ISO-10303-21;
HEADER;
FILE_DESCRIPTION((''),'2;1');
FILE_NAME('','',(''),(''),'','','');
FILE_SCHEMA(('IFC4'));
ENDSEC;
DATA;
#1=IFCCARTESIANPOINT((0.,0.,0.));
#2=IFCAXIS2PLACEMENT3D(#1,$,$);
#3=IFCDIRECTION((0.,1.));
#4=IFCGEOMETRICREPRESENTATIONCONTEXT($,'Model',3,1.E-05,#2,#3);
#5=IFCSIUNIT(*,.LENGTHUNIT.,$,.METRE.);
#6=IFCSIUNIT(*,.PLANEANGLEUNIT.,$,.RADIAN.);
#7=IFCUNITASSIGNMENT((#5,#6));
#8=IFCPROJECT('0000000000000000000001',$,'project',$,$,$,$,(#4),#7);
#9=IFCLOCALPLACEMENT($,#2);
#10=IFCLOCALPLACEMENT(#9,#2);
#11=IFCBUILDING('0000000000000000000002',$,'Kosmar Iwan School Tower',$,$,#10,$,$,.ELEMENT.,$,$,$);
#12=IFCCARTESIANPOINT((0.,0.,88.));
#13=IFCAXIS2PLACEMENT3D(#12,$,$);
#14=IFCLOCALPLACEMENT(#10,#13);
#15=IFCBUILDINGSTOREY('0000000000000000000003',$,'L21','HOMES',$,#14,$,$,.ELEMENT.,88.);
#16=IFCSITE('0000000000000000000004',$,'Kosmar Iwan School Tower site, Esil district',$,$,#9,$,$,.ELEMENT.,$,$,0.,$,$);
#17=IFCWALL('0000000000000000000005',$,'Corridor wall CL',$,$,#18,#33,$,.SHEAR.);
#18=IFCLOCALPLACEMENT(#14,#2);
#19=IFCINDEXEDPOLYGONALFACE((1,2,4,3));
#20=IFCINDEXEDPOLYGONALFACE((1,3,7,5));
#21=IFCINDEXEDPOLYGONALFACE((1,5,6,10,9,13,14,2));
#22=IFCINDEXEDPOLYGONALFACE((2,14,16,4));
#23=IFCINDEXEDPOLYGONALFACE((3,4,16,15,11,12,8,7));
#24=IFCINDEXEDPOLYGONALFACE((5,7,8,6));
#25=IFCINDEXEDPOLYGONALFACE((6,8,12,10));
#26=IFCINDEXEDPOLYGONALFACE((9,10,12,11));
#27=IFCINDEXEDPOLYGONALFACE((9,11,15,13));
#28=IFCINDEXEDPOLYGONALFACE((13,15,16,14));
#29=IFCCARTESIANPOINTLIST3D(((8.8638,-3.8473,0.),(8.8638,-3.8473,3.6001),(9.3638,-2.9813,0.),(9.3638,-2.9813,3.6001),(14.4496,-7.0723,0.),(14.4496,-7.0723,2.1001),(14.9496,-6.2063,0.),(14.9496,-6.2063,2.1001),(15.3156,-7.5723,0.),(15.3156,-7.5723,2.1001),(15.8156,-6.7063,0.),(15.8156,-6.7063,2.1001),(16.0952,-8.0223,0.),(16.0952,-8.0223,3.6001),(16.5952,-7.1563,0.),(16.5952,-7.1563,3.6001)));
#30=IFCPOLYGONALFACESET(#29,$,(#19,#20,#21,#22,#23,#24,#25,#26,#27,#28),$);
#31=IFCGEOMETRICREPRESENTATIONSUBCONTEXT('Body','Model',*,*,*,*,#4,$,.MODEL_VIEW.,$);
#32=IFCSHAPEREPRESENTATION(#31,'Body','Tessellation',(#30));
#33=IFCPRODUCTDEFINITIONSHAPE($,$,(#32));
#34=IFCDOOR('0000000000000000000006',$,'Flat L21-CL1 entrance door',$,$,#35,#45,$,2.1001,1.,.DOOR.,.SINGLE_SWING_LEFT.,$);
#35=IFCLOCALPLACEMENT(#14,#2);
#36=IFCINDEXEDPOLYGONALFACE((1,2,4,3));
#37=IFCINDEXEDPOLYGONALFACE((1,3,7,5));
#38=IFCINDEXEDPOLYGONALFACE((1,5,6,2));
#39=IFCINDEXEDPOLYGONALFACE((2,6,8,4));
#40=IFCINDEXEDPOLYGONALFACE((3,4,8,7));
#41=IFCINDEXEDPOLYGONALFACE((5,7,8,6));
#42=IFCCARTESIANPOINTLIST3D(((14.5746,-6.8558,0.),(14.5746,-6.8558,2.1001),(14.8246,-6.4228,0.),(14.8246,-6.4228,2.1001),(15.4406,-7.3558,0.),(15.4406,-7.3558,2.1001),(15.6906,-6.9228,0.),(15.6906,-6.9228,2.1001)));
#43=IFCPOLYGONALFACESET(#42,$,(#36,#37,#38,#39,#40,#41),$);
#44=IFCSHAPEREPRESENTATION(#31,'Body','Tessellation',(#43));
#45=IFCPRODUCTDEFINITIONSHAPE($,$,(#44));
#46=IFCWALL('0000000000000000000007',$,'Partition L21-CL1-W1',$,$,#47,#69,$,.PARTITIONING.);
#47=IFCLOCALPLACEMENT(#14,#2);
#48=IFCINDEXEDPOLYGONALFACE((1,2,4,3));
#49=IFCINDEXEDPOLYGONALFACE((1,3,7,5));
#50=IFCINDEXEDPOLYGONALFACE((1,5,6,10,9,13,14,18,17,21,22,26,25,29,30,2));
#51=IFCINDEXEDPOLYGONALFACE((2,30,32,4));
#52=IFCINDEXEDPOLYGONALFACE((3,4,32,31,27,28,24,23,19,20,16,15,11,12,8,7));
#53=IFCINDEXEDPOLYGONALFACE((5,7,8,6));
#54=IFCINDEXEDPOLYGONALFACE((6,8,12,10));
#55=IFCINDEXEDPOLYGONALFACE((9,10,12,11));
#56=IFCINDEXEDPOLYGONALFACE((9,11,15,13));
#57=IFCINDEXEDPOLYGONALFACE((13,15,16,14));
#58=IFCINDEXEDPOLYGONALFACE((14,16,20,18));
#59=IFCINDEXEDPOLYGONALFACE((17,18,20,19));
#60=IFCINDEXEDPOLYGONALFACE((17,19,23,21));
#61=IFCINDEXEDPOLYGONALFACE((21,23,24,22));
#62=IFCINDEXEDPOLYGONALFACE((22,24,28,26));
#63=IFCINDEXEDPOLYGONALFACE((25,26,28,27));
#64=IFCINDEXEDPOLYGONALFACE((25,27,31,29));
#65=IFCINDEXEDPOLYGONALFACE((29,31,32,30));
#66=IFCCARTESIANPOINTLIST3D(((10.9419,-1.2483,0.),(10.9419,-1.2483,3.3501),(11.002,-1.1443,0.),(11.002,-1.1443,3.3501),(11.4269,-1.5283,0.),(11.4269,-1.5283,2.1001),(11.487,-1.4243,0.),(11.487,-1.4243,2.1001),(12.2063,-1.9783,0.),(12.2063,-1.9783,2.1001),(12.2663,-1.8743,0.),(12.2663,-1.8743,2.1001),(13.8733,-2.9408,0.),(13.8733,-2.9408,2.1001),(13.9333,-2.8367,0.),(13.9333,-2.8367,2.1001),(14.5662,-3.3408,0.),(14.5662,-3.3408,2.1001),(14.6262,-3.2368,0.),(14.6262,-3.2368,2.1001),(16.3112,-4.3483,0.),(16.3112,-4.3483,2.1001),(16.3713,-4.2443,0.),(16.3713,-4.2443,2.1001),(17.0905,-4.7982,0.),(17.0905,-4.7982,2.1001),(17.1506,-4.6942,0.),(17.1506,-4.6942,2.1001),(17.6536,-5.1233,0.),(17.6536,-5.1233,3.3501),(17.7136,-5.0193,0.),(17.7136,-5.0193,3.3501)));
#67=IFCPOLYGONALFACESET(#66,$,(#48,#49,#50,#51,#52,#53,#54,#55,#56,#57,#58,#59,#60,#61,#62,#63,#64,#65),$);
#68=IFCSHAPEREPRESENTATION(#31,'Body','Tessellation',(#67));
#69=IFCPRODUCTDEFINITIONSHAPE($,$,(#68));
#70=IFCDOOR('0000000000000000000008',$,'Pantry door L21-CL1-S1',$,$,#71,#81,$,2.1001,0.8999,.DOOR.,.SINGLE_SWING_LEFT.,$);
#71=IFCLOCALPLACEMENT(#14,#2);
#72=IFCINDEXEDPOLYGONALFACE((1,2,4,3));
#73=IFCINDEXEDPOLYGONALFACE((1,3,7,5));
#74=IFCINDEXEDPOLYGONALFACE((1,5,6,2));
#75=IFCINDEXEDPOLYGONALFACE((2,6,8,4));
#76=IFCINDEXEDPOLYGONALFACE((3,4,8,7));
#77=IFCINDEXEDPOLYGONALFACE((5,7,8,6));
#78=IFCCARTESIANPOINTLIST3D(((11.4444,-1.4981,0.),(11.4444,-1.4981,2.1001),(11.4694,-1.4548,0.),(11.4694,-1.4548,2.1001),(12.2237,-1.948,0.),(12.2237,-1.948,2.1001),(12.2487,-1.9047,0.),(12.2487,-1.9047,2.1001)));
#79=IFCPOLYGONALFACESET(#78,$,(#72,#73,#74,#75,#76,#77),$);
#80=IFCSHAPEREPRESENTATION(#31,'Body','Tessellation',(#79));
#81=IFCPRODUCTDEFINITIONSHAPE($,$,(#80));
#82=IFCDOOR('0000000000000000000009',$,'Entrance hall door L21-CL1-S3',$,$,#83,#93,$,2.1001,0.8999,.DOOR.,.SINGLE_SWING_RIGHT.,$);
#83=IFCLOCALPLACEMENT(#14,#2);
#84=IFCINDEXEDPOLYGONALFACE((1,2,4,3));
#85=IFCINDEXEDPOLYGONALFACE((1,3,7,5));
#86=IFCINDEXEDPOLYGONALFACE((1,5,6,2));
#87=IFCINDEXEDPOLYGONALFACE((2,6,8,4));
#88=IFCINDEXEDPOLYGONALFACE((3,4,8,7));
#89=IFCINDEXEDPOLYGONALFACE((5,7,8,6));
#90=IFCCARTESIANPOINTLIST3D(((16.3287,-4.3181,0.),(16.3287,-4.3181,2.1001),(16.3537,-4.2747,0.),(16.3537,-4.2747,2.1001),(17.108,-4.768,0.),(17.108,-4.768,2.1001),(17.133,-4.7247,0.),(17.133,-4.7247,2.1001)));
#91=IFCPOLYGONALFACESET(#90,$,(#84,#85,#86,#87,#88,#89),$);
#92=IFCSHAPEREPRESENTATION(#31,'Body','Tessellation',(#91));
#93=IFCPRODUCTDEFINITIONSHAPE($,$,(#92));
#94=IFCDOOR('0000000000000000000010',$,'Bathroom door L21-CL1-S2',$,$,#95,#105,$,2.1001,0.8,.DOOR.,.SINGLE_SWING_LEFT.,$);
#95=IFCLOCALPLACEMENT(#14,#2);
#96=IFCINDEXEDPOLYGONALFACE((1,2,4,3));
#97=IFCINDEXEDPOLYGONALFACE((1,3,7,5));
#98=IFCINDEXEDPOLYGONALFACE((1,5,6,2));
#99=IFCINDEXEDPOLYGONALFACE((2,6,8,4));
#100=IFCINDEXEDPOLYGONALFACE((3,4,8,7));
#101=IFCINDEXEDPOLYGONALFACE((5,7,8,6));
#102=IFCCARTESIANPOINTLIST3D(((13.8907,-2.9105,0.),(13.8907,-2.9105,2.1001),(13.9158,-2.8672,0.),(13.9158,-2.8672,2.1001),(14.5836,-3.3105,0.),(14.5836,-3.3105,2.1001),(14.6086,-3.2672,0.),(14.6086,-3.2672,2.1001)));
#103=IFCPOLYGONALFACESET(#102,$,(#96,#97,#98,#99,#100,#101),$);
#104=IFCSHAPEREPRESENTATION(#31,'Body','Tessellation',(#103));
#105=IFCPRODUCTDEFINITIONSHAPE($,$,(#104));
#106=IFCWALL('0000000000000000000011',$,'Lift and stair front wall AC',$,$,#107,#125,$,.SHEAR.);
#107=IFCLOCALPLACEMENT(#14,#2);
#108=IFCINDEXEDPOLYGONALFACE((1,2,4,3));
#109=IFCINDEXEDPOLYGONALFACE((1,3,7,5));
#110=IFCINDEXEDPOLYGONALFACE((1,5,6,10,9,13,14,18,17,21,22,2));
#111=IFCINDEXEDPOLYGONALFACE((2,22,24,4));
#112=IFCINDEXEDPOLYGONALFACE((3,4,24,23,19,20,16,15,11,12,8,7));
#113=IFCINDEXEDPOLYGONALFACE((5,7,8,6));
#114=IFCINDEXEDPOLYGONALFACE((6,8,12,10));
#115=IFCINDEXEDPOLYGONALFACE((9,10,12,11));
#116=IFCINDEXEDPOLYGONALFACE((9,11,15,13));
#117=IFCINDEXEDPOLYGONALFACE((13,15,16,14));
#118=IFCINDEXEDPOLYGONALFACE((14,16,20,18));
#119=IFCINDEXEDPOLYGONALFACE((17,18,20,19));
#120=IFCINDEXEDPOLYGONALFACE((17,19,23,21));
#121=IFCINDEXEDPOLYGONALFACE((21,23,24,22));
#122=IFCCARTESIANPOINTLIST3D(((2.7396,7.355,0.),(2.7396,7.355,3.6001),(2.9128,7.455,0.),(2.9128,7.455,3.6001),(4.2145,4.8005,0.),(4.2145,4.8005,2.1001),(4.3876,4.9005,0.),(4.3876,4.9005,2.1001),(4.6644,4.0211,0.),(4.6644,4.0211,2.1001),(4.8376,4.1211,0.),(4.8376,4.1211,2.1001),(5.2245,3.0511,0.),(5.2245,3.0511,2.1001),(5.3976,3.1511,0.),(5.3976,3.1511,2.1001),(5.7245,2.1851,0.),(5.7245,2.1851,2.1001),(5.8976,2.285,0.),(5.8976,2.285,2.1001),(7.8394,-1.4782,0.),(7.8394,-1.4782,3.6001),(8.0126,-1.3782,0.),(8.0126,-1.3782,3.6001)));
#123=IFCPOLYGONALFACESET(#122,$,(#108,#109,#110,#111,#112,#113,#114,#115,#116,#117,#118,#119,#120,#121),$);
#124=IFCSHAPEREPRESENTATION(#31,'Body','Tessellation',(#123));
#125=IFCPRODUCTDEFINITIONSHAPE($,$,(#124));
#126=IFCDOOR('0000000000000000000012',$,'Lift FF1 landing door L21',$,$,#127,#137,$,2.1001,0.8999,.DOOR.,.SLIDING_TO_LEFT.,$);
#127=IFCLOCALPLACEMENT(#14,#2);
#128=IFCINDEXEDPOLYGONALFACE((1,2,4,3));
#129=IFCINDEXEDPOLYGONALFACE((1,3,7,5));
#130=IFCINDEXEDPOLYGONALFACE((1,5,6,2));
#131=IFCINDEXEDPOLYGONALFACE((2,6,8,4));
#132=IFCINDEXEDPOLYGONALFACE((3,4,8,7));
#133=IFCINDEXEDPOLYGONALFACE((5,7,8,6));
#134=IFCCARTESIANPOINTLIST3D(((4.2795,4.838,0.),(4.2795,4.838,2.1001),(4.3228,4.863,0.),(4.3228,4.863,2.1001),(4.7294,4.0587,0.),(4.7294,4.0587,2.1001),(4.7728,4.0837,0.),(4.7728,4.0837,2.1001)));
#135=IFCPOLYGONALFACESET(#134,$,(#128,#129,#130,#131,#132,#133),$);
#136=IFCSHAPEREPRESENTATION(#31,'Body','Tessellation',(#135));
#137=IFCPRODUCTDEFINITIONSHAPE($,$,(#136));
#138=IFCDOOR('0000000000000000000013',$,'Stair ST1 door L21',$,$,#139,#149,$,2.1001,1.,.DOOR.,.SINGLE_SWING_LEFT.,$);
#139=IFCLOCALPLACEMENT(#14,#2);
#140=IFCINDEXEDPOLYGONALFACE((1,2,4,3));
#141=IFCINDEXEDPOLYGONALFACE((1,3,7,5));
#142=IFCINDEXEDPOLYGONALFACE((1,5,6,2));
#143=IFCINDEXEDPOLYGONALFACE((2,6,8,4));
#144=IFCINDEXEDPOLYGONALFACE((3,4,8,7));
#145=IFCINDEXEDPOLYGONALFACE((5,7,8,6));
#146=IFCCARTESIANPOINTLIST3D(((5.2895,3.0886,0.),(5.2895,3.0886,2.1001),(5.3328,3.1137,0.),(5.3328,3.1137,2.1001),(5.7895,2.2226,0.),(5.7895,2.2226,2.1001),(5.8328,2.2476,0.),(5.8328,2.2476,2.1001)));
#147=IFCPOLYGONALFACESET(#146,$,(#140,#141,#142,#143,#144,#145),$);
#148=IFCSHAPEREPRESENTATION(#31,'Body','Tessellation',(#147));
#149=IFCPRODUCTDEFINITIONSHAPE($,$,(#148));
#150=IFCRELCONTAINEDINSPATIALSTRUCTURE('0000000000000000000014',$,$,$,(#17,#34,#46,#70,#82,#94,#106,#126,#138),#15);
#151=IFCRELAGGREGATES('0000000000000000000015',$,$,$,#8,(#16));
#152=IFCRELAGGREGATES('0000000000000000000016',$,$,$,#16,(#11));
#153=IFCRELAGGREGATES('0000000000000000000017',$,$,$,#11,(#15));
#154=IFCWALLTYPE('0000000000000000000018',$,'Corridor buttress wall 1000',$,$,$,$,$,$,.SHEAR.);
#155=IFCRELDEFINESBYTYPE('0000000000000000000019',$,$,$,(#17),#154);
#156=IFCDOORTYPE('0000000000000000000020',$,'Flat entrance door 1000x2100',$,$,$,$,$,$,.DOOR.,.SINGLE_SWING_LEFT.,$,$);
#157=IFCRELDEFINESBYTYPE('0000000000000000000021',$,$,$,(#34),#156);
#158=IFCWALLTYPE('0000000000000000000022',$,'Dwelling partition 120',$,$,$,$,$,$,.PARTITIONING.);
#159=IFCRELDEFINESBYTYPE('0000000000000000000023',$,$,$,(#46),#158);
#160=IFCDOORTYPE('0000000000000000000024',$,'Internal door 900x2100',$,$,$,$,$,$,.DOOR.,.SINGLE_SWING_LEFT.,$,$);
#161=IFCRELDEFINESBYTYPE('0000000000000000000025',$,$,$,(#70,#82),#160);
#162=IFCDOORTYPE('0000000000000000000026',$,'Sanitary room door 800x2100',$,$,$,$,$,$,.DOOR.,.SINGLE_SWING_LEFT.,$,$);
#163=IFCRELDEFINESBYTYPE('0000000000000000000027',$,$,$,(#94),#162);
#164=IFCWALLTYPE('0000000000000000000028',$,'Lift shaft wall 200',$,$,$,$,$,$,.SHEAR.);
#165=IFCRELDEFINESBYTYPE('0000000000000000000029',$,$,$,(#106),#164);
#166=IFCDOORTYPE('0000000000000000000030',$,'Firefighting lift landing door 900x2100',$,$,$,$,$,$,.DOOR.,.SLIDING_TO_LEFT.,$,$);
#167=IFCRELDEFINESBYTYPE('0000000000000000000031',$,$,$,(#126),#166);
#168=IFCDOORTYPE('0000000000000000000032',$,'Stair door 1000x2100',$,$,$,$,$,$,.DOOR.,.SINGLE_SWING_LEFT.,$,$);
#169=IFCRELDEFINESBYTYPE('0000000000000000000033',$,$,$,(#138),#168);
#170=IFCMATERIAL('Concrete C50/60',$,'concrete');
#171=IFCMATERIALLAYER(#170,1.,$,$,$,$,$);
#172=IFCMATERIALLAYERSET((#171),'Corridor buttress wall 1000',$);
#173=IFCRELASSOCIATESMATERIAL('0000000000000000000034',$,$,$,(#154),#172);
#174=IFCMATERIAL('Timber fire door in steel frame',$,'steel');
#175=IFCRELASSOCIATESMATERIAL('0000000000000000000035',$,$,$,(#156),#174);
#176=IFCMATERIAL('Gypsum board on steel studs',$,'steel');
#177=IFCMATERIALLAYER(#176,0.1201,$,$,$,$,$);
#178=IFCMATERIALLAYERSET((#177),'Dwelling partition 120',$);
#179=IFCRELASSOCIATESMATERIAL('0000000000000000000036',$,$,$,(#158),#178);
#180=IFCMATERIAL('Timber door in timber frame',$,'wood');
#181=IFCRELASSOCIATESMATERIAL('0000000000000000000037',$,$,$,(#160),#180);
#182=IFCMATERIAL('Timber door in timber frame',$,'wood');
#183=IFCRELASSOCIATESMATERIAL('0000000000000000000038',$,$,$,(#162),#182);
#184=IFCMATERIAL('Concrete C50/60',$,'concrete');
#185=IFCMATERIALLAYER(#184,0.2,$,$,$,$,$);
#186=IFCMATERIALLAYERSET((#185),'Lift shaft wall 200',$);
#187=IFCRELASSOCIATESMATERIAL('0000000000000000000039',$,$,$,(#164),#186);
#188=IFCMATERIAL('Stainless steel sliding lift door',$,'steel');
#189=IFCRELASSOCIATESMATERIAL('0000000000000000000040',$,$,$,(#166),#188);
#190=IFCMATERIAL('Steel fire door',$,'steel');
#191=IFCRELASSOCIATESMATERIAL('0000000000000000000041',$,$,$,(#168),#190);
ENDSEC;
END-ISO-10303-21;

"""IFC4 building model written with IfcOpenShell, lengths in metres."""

from ifc_helpers import new_model, si_unit, direction, frame, frame_2d, origin, place, context, subcontext, project, spatial, rectangle, extrude, material, layer, layer_set, type_object, element, fill, save


model = new_model("IFC4")

# Units and contexts
model_context = context("Model", 3, precision=1e-05, world=origin(), true_north=direction((0.0, 1.0)))
body_context = subcontext(model_context, "Body", "Model", "MODEL_VIEW")
ifc_project = project(units=[si_unit("LENGTHUNIT", "METRE"), si_unit("PLANEANGLEUNIT", "RADIAN")], contexts=[model_context])

# Site, building, storey
site_placement = place(None, origin())
site = spatial("IfcSite", under=ifc_project, at=site_placement, Name="Kosmar Iwan School Tower site, Esil district", CompositionType="ELEMENT", RefElevation=0.0)
building_placement = place(site_placement, origin())
building = spatial("IfcBuilding", under=site, at=building_placement, Name="Kosmar Iwan School Tower", CompositionType="ELEMENT")
storey_placement = place(building_placement, frame((0.0, 0.0, 88.0)))
storey = spatial("IfcBuildingStorey", under=building, at=storey_placement, Name="L21", Description="HOMES", CompositionType="ELEMENT", Elevation=88.0)

# Wall, opening, door
ifc_material_1 = material(Name="Concrete C50/60", Category="concrete")
ifc_layer_1 = layer(ifc_material_1, 1.0)
ifc_layer_set_1 = layer_set([ifc_layer_1], Name="Corridor buttress wall 1000")
wall_type_1 = type_object("IfcWallType", Name="Corridor buttress wall 1000", PredefinedType="SHEAR", material=ifc_layer_set_1)
wall_1_placement = place(storey_placement, frame((9.1138, -3.4143, 0.0), z_axis=(0.0, 0.0, 1.0), x_axis=(0.866027, -0.499997, 0.0)))
wall_1 = element("IfcWall", 1, at=wall_1_placement, inside=storey, type_object=wall_type_1, Name="Corridor wall CL", PredefinedType="SHEAR", context=body_context, shape_type="SweptSolid", body=[
    extrude(rectangle(XDim=8.3501, YDim=1.0, at=frame_2d((4.175, 0.0))), origin(), (0.0, 0.0, 1.0), 3.6001),
])
opening_1_placement = place(wall_1_placement, frame((6.45, 0.0, 0.0)))
opening_1 = element("IfcOpeningElement", 2, at=opening_1_placement, cuts=wall_1, PredefinedType="OPENING", context=body_context, shape_type="SweptSolid", body=[
    extrude(rectangle(XDim=1.0, YDim=2.1001, at=frame_2d((0.5, 1.05))), frame((0.0, 0.512, 0.0), z_axis=(0.0, -1.0, 0.0), x_axis=(1.0, 0.0, 0.0)), (0.0, 0.0, 1.0), 1.0239),
])
ifc_material_2 = material(Name="Timber fire door in steel frame", Category="steel")
door_type_1 = type_object("IfcDoorType", Name="Flat entrance door 1000x2100", OperationType="SINGLE_SWING_LEFT", PredefinedType="DOOR", material=ifc_material_2)
door_1_placement = place(opening_1_placement, origin())
door_1 = element("IfcDoor", 3, at=door_1_placement, inside=storey, type_object=door_type_1, Name="Flat L21-CL1 entrance door", OperationType="SINGLE_SWING_LEFT", OverallHeight=2.1001, OverallWidth=1.0, PredefinedType="DOOR", context=body_context, shape_type="SweptSolid", body=[
    extrude(rectangle(XDim=1.0, YDim=2.1001, at=frame_2d((0.5, 1.05))), frame((0.0, 0.25, 0.0), z_axis=(0.0, -1.0, 0.0), x_axis=(1.0, 0.0, 0.0)), (0.0, 0.0, 1.0), 0.5),
])
fill(opening_1, door_1)

# Walls, openings, doors
ifc_material_3 = material(Name="Gypsum board on steel studs", Category="steel")
ifc_layer_2 = layer(ifc_material_3, 0.1201)
ifc_layer_set_2 = layer_set([ifc_layer_2], Name="Dwelling partition 120")
wall_type_2 = type_object("IfcWallType", Name="Dwelling partition 120", PredefinedType="PARTITIONING", material=ifc_layer_set_2)
wall_2_placement = place(storey_placement, frame((10.9719, -1.1963, 0.0), z_axis=(0.0, 0.0, 1.0), x_axis=(0.866025, -0.500002, 0.0)))
wall_2 = element("IfcWall", 4, at=wall_2_placement, inside=storey, type_object=wall_type_2, Name="Partition L21-CL1-W1", PredefinedType="PARTITIONING", context=body_context, shape_type="SweptSolid", body=[
    extrude(rectangle(XDim=7.75, YDim=0.1201, at=frame_2d((3.875, 0.0))), origin(), (0.0, 0.0, 1.0), 3.3501),
])
opening_2_placement = place(wall_2_placement, frame((0.5601, 0.0, 0.0)))
opening_2 = element("IfcOpeningElement", 5, at=opening_2_placement, cuts=wall_2, PredefinedType="OPENING", context=body_context, shape_type="SweptSolid", body=[
    extrude(rectangle(XDim=0.8999, YDim=2.1001, at=frame_2d((0.45, 1.05))), frame((0.0, 0.072, 0.0), z_axis=(0.0, -1.0, 0.0), x_axis=(1.0, 0.0, 0.0)), (0.0, 0.0, 1.0), 0.144),
])
opening_3_placement = place(wall_2_placement, frame((3.385, 0.0, 0.0)))
opening_3 = element("IfcOpeningElement", 6, at=opening_3_placement, cuts=wall_2, PredefinedType="OPENING", context=body_context, shape_type="SweptSolid", body=[
    extrude(rectangle(XDim=0.8, YDim=2.1001, at=frame_2d((0.3999, 1.05))), frame((0.0, 0.072, 0.0), z_axis=(0.0, -1.0, 0.0), x_axis=(1.0, 0.0, 0.0)), (0.0, 0.0, 1.0), 0.144),
])
opening_4_placement = place(wall_2_placement, frame((6.2, 0.0, 0.0)))
opening_4 = element("IfcOpeningElement", 7, at=opening_4_placement, cuts=wall_2, PredefinedType="OPENING", context=body_context, shape_type="SweptSolid", body=[
    extrude(rectangle(XDim=0.8999, YDim=2.1001, at=frame_2d((0.45, 1.05))), frame((0.0, 0.072, 0.0), z_axis=(0.0, -1.0, 0.0), x_axis=(1.0, 0.0, 0.0)), (0.0, 0.0, 1.0), 0.144),
])
ifc_material_4 = material(Name="Timber door in timber frame", Category="wood")
door_type_2 = type_object("IfcDoorType", Name="Internal door 900x2100", OperationType="SINGLE_SWING_LEFT", PredefinedType="DOOR", material=ifc_material_4)
door_2_placement = place(opening_2_placement, origin())
door_2 = element("IfcDoor", 8, at=door_2_placement, inside=storey, type_object=door_type_2, Name="Pantry door L21-CL1-S1", OperationType="SINGLE_SWING_LEFT", OverallHeight=2.1001, OverallWidth=0.8999, PredefinedType="DOOR", context=body_context, shape_type="SweptSolid", body=[
    extrude(rectangle(XDim=0.8999, YDim=2.1001, at=frame_2d((0.45, 1.05))), frame((0.0, 0.0249, 0.0), z_axis=(0.0, -1.0, 0.0), x_axis=(1.0, 0.0, 0.0)), (0.0, 0.0, 1.0), 0.05),
])
fill(opening_2, door_2)
door_3_placement = place(opening_4_placement, origin())
door_3 = element("IfcDoor", 9, at=door_3_placement, inside=storey, type_object=door_type_2, Name="Entrance hall door L21-CL1-S3", OperationType="SINGLE_SWING_RIGHT", OverallHeight=2.1001, OverallWidth=0.8999, PredefinedType="DOOR", context=body_context, shape_type="SweptSolid", body=[
    extrude(rectangle(XDim=0.8999, YDim=2.1001, at=frame_2d((0.45, 1.05))), frame((0.0, 0.0249, 0.0), z_axis=(0.0, -1.0, 0.0), x_axis=(1.0, 0.0, 0.0)), (0.0, 0.0, 1.0), 0.05),
])
fill(opening_4, door_3)
ifc_material_5 = material(Name="Timber door in timber frame", Category="wood")
door_type_3 = type_object("IfcDoorType", Name="Sanitary room door 800x2100", OperationType="SINGLE_SWING_LEFT", PredefinedType="DOOR", material=ifc_material_5)
door_4_placement = place(opening_3_placement, origin())
door_4 = element("IfcDoor", 10, at=door_4_placement, inside=storey, type_object=door_type_3, Name="Bathroom door L21-CL1-S2", OperationType="SINGLE_SWING_LEFT", OverallHeight=2.1001, OverallWidth=0.8, PredefinedType="DOOR", context=body_context, shape_type="SweptSolid", body=[
    extrude(rectangle(XDim=0.8, YDim=2.1001, at=frame_2d((0.3999, 1.05))), frame((0.0, 0.0249, 0.0), z_axis=(0.0, -1.0, 0.0), x_axis=(1.0, 0.0, 0.0)), (0.0, 0.0, 1.0), 0.05),
])
fill(opening_3, door_4)
ifc_material_6 = material(Name="Concrete C50/60", Category="concrete")
ifc_layer_3 = layer(ifc_material_6, 0.2)
ifc_layer_set_3 = layer_set([ifc_layer_3], Name="Lift shaft wall 200")
wall_type_3 = type_object("IfcWallType", Name="Lift shaft wall 200", PredefinedType="SHEAR", material=ifc_layer_set_3)
wall_3_placement = place(storey_placement, frame((7.926, -1.4282, 0.0), z_axis=(0.0, 0.0, 1.0), x_axis=(-0.499998, 0.866027, 0.0)))
wall_3 = element("IfcWall", 11, at=wall_3_placement, inside=storey, type_object=wall_type_3, Name="Lift and stair front wall AC", PredefinedType="SHEAR", context=body_context, shape_type="SweptSolid", body=[
    extrude(rectangle(XDim=10.1997, YDim=0.2, at=frame_2d((5.0999, 0.0))), origin(), (0.0, 0.0, 1.0), 3.6001),
])
opening_5_placement = place(wall_3_placement, frame((6.3501, 0.0, 0.0)))
opening_5 = element("IfcOpeningElement", 12, at=opening_5_placement, cuts=wall_3, PredefinedType="OPENING", context=body_context, shape_type="SweptSolid", body=[
    extrude(rectangle(XDim=0.8999, YDim=2.1001, at=frame_2d((0.45, 1.05))), frame((0.0, 0.1121, 0.0), z_axis=(0.0, -1.0, 0.0), x_axis=(1.0, 0.0, 0.0)), (0.0, 0.0, 1.0), 0.2239),
])
opening_6_placement = place(wall_3_placement, frame((4.23, 0.0, 0.0)))
opening_6 = element("IfcOpeningElement", 13, at=opening_6_placement, cuts=wall_3, PredefinedType="OPENING", context=body_context, shape_type="SweptSolid", body=[
    extrude(rectangle(XDim=1.0, YDim=2.1001, at=frame_2d((0.5, 1.05))), frame((0.0, 0.1121, 0.0), z_axis=(0.0, -1.0, 0.0), x_axis=(1.0, 0.0, 0.0)), (0.0, 0.0, 1.0), 0.2239),
])
ifc_material_7 = material(Name="Stainless steel sliding lift door", Category="steel")
door_type_4 = type_object("IfcDoorType", Name="Firefighting lift landing door 900x2100", OperationType="SLIDING_TO_LEFT", PredefinedType="DOOR", material=ifc_material_7)
door_5_placement = place(opening_5_placement, origin())
door_5 = element("IfcDoor", 14, at=door_5_placement, inside=storey, type_object=door_type_4, Name="Lift FF1 landing door L21", OperationType="SLIDING_TO_LEFT", OverallHeight=2.1001, OverallWidth=0.8999, PredefinedType="DOOR", context=body_context, shape_type="SweptSolid", body=[
    extrude(rectangle(XDim=0.8999, YDim=2.1001, at=frame_2d((0.45, 1.05))), frame((0.0, 0.0249, 0.0), z_axis=(0.0, -1.0, 0.0), x_axis=(1.0, 0.0, 0.0)), (0.0, 0.0, 1.0), 0.05),
])
fill(opening_5, door_5)
ifc_material_8 = material(Name="Steel fire door", Category="steel")
door_type_5 = type_object("IfcDoorType", Name="Stair door 1000x2100", OperationType="SINGLE_SWING_LEFT", PredefinedType="DOOR", material=ifc_material_8)
door_6_placement = place(opening_6_placement, origin())
door_6 = element("IfcDoor", 15, at=door_6_placement, inside=storey, type_object=door_type_5, Name="Stair ST1 door L21", OperationType="SINGLE_SWING_LEFT", OverallHeight=2.1001, OverallWidth=1.0, PredefinedType="DOOR", context=body_context, shape_type="SweptSolid", body=[
    extrude(rectangle(XDim=1.0, YDim=2.1001, at=frame_2d((0.5, 1.05))), frame((0.0, 0.0249, 0.0), z_axis=(0.0, -1.0, 0.0), x_axis=(1.0, 0.0, 0.0)), (0.0, 0.0, 1.0), 0.05),
])
fill(opening_6, door_6)

save(model, "model.ifc")
